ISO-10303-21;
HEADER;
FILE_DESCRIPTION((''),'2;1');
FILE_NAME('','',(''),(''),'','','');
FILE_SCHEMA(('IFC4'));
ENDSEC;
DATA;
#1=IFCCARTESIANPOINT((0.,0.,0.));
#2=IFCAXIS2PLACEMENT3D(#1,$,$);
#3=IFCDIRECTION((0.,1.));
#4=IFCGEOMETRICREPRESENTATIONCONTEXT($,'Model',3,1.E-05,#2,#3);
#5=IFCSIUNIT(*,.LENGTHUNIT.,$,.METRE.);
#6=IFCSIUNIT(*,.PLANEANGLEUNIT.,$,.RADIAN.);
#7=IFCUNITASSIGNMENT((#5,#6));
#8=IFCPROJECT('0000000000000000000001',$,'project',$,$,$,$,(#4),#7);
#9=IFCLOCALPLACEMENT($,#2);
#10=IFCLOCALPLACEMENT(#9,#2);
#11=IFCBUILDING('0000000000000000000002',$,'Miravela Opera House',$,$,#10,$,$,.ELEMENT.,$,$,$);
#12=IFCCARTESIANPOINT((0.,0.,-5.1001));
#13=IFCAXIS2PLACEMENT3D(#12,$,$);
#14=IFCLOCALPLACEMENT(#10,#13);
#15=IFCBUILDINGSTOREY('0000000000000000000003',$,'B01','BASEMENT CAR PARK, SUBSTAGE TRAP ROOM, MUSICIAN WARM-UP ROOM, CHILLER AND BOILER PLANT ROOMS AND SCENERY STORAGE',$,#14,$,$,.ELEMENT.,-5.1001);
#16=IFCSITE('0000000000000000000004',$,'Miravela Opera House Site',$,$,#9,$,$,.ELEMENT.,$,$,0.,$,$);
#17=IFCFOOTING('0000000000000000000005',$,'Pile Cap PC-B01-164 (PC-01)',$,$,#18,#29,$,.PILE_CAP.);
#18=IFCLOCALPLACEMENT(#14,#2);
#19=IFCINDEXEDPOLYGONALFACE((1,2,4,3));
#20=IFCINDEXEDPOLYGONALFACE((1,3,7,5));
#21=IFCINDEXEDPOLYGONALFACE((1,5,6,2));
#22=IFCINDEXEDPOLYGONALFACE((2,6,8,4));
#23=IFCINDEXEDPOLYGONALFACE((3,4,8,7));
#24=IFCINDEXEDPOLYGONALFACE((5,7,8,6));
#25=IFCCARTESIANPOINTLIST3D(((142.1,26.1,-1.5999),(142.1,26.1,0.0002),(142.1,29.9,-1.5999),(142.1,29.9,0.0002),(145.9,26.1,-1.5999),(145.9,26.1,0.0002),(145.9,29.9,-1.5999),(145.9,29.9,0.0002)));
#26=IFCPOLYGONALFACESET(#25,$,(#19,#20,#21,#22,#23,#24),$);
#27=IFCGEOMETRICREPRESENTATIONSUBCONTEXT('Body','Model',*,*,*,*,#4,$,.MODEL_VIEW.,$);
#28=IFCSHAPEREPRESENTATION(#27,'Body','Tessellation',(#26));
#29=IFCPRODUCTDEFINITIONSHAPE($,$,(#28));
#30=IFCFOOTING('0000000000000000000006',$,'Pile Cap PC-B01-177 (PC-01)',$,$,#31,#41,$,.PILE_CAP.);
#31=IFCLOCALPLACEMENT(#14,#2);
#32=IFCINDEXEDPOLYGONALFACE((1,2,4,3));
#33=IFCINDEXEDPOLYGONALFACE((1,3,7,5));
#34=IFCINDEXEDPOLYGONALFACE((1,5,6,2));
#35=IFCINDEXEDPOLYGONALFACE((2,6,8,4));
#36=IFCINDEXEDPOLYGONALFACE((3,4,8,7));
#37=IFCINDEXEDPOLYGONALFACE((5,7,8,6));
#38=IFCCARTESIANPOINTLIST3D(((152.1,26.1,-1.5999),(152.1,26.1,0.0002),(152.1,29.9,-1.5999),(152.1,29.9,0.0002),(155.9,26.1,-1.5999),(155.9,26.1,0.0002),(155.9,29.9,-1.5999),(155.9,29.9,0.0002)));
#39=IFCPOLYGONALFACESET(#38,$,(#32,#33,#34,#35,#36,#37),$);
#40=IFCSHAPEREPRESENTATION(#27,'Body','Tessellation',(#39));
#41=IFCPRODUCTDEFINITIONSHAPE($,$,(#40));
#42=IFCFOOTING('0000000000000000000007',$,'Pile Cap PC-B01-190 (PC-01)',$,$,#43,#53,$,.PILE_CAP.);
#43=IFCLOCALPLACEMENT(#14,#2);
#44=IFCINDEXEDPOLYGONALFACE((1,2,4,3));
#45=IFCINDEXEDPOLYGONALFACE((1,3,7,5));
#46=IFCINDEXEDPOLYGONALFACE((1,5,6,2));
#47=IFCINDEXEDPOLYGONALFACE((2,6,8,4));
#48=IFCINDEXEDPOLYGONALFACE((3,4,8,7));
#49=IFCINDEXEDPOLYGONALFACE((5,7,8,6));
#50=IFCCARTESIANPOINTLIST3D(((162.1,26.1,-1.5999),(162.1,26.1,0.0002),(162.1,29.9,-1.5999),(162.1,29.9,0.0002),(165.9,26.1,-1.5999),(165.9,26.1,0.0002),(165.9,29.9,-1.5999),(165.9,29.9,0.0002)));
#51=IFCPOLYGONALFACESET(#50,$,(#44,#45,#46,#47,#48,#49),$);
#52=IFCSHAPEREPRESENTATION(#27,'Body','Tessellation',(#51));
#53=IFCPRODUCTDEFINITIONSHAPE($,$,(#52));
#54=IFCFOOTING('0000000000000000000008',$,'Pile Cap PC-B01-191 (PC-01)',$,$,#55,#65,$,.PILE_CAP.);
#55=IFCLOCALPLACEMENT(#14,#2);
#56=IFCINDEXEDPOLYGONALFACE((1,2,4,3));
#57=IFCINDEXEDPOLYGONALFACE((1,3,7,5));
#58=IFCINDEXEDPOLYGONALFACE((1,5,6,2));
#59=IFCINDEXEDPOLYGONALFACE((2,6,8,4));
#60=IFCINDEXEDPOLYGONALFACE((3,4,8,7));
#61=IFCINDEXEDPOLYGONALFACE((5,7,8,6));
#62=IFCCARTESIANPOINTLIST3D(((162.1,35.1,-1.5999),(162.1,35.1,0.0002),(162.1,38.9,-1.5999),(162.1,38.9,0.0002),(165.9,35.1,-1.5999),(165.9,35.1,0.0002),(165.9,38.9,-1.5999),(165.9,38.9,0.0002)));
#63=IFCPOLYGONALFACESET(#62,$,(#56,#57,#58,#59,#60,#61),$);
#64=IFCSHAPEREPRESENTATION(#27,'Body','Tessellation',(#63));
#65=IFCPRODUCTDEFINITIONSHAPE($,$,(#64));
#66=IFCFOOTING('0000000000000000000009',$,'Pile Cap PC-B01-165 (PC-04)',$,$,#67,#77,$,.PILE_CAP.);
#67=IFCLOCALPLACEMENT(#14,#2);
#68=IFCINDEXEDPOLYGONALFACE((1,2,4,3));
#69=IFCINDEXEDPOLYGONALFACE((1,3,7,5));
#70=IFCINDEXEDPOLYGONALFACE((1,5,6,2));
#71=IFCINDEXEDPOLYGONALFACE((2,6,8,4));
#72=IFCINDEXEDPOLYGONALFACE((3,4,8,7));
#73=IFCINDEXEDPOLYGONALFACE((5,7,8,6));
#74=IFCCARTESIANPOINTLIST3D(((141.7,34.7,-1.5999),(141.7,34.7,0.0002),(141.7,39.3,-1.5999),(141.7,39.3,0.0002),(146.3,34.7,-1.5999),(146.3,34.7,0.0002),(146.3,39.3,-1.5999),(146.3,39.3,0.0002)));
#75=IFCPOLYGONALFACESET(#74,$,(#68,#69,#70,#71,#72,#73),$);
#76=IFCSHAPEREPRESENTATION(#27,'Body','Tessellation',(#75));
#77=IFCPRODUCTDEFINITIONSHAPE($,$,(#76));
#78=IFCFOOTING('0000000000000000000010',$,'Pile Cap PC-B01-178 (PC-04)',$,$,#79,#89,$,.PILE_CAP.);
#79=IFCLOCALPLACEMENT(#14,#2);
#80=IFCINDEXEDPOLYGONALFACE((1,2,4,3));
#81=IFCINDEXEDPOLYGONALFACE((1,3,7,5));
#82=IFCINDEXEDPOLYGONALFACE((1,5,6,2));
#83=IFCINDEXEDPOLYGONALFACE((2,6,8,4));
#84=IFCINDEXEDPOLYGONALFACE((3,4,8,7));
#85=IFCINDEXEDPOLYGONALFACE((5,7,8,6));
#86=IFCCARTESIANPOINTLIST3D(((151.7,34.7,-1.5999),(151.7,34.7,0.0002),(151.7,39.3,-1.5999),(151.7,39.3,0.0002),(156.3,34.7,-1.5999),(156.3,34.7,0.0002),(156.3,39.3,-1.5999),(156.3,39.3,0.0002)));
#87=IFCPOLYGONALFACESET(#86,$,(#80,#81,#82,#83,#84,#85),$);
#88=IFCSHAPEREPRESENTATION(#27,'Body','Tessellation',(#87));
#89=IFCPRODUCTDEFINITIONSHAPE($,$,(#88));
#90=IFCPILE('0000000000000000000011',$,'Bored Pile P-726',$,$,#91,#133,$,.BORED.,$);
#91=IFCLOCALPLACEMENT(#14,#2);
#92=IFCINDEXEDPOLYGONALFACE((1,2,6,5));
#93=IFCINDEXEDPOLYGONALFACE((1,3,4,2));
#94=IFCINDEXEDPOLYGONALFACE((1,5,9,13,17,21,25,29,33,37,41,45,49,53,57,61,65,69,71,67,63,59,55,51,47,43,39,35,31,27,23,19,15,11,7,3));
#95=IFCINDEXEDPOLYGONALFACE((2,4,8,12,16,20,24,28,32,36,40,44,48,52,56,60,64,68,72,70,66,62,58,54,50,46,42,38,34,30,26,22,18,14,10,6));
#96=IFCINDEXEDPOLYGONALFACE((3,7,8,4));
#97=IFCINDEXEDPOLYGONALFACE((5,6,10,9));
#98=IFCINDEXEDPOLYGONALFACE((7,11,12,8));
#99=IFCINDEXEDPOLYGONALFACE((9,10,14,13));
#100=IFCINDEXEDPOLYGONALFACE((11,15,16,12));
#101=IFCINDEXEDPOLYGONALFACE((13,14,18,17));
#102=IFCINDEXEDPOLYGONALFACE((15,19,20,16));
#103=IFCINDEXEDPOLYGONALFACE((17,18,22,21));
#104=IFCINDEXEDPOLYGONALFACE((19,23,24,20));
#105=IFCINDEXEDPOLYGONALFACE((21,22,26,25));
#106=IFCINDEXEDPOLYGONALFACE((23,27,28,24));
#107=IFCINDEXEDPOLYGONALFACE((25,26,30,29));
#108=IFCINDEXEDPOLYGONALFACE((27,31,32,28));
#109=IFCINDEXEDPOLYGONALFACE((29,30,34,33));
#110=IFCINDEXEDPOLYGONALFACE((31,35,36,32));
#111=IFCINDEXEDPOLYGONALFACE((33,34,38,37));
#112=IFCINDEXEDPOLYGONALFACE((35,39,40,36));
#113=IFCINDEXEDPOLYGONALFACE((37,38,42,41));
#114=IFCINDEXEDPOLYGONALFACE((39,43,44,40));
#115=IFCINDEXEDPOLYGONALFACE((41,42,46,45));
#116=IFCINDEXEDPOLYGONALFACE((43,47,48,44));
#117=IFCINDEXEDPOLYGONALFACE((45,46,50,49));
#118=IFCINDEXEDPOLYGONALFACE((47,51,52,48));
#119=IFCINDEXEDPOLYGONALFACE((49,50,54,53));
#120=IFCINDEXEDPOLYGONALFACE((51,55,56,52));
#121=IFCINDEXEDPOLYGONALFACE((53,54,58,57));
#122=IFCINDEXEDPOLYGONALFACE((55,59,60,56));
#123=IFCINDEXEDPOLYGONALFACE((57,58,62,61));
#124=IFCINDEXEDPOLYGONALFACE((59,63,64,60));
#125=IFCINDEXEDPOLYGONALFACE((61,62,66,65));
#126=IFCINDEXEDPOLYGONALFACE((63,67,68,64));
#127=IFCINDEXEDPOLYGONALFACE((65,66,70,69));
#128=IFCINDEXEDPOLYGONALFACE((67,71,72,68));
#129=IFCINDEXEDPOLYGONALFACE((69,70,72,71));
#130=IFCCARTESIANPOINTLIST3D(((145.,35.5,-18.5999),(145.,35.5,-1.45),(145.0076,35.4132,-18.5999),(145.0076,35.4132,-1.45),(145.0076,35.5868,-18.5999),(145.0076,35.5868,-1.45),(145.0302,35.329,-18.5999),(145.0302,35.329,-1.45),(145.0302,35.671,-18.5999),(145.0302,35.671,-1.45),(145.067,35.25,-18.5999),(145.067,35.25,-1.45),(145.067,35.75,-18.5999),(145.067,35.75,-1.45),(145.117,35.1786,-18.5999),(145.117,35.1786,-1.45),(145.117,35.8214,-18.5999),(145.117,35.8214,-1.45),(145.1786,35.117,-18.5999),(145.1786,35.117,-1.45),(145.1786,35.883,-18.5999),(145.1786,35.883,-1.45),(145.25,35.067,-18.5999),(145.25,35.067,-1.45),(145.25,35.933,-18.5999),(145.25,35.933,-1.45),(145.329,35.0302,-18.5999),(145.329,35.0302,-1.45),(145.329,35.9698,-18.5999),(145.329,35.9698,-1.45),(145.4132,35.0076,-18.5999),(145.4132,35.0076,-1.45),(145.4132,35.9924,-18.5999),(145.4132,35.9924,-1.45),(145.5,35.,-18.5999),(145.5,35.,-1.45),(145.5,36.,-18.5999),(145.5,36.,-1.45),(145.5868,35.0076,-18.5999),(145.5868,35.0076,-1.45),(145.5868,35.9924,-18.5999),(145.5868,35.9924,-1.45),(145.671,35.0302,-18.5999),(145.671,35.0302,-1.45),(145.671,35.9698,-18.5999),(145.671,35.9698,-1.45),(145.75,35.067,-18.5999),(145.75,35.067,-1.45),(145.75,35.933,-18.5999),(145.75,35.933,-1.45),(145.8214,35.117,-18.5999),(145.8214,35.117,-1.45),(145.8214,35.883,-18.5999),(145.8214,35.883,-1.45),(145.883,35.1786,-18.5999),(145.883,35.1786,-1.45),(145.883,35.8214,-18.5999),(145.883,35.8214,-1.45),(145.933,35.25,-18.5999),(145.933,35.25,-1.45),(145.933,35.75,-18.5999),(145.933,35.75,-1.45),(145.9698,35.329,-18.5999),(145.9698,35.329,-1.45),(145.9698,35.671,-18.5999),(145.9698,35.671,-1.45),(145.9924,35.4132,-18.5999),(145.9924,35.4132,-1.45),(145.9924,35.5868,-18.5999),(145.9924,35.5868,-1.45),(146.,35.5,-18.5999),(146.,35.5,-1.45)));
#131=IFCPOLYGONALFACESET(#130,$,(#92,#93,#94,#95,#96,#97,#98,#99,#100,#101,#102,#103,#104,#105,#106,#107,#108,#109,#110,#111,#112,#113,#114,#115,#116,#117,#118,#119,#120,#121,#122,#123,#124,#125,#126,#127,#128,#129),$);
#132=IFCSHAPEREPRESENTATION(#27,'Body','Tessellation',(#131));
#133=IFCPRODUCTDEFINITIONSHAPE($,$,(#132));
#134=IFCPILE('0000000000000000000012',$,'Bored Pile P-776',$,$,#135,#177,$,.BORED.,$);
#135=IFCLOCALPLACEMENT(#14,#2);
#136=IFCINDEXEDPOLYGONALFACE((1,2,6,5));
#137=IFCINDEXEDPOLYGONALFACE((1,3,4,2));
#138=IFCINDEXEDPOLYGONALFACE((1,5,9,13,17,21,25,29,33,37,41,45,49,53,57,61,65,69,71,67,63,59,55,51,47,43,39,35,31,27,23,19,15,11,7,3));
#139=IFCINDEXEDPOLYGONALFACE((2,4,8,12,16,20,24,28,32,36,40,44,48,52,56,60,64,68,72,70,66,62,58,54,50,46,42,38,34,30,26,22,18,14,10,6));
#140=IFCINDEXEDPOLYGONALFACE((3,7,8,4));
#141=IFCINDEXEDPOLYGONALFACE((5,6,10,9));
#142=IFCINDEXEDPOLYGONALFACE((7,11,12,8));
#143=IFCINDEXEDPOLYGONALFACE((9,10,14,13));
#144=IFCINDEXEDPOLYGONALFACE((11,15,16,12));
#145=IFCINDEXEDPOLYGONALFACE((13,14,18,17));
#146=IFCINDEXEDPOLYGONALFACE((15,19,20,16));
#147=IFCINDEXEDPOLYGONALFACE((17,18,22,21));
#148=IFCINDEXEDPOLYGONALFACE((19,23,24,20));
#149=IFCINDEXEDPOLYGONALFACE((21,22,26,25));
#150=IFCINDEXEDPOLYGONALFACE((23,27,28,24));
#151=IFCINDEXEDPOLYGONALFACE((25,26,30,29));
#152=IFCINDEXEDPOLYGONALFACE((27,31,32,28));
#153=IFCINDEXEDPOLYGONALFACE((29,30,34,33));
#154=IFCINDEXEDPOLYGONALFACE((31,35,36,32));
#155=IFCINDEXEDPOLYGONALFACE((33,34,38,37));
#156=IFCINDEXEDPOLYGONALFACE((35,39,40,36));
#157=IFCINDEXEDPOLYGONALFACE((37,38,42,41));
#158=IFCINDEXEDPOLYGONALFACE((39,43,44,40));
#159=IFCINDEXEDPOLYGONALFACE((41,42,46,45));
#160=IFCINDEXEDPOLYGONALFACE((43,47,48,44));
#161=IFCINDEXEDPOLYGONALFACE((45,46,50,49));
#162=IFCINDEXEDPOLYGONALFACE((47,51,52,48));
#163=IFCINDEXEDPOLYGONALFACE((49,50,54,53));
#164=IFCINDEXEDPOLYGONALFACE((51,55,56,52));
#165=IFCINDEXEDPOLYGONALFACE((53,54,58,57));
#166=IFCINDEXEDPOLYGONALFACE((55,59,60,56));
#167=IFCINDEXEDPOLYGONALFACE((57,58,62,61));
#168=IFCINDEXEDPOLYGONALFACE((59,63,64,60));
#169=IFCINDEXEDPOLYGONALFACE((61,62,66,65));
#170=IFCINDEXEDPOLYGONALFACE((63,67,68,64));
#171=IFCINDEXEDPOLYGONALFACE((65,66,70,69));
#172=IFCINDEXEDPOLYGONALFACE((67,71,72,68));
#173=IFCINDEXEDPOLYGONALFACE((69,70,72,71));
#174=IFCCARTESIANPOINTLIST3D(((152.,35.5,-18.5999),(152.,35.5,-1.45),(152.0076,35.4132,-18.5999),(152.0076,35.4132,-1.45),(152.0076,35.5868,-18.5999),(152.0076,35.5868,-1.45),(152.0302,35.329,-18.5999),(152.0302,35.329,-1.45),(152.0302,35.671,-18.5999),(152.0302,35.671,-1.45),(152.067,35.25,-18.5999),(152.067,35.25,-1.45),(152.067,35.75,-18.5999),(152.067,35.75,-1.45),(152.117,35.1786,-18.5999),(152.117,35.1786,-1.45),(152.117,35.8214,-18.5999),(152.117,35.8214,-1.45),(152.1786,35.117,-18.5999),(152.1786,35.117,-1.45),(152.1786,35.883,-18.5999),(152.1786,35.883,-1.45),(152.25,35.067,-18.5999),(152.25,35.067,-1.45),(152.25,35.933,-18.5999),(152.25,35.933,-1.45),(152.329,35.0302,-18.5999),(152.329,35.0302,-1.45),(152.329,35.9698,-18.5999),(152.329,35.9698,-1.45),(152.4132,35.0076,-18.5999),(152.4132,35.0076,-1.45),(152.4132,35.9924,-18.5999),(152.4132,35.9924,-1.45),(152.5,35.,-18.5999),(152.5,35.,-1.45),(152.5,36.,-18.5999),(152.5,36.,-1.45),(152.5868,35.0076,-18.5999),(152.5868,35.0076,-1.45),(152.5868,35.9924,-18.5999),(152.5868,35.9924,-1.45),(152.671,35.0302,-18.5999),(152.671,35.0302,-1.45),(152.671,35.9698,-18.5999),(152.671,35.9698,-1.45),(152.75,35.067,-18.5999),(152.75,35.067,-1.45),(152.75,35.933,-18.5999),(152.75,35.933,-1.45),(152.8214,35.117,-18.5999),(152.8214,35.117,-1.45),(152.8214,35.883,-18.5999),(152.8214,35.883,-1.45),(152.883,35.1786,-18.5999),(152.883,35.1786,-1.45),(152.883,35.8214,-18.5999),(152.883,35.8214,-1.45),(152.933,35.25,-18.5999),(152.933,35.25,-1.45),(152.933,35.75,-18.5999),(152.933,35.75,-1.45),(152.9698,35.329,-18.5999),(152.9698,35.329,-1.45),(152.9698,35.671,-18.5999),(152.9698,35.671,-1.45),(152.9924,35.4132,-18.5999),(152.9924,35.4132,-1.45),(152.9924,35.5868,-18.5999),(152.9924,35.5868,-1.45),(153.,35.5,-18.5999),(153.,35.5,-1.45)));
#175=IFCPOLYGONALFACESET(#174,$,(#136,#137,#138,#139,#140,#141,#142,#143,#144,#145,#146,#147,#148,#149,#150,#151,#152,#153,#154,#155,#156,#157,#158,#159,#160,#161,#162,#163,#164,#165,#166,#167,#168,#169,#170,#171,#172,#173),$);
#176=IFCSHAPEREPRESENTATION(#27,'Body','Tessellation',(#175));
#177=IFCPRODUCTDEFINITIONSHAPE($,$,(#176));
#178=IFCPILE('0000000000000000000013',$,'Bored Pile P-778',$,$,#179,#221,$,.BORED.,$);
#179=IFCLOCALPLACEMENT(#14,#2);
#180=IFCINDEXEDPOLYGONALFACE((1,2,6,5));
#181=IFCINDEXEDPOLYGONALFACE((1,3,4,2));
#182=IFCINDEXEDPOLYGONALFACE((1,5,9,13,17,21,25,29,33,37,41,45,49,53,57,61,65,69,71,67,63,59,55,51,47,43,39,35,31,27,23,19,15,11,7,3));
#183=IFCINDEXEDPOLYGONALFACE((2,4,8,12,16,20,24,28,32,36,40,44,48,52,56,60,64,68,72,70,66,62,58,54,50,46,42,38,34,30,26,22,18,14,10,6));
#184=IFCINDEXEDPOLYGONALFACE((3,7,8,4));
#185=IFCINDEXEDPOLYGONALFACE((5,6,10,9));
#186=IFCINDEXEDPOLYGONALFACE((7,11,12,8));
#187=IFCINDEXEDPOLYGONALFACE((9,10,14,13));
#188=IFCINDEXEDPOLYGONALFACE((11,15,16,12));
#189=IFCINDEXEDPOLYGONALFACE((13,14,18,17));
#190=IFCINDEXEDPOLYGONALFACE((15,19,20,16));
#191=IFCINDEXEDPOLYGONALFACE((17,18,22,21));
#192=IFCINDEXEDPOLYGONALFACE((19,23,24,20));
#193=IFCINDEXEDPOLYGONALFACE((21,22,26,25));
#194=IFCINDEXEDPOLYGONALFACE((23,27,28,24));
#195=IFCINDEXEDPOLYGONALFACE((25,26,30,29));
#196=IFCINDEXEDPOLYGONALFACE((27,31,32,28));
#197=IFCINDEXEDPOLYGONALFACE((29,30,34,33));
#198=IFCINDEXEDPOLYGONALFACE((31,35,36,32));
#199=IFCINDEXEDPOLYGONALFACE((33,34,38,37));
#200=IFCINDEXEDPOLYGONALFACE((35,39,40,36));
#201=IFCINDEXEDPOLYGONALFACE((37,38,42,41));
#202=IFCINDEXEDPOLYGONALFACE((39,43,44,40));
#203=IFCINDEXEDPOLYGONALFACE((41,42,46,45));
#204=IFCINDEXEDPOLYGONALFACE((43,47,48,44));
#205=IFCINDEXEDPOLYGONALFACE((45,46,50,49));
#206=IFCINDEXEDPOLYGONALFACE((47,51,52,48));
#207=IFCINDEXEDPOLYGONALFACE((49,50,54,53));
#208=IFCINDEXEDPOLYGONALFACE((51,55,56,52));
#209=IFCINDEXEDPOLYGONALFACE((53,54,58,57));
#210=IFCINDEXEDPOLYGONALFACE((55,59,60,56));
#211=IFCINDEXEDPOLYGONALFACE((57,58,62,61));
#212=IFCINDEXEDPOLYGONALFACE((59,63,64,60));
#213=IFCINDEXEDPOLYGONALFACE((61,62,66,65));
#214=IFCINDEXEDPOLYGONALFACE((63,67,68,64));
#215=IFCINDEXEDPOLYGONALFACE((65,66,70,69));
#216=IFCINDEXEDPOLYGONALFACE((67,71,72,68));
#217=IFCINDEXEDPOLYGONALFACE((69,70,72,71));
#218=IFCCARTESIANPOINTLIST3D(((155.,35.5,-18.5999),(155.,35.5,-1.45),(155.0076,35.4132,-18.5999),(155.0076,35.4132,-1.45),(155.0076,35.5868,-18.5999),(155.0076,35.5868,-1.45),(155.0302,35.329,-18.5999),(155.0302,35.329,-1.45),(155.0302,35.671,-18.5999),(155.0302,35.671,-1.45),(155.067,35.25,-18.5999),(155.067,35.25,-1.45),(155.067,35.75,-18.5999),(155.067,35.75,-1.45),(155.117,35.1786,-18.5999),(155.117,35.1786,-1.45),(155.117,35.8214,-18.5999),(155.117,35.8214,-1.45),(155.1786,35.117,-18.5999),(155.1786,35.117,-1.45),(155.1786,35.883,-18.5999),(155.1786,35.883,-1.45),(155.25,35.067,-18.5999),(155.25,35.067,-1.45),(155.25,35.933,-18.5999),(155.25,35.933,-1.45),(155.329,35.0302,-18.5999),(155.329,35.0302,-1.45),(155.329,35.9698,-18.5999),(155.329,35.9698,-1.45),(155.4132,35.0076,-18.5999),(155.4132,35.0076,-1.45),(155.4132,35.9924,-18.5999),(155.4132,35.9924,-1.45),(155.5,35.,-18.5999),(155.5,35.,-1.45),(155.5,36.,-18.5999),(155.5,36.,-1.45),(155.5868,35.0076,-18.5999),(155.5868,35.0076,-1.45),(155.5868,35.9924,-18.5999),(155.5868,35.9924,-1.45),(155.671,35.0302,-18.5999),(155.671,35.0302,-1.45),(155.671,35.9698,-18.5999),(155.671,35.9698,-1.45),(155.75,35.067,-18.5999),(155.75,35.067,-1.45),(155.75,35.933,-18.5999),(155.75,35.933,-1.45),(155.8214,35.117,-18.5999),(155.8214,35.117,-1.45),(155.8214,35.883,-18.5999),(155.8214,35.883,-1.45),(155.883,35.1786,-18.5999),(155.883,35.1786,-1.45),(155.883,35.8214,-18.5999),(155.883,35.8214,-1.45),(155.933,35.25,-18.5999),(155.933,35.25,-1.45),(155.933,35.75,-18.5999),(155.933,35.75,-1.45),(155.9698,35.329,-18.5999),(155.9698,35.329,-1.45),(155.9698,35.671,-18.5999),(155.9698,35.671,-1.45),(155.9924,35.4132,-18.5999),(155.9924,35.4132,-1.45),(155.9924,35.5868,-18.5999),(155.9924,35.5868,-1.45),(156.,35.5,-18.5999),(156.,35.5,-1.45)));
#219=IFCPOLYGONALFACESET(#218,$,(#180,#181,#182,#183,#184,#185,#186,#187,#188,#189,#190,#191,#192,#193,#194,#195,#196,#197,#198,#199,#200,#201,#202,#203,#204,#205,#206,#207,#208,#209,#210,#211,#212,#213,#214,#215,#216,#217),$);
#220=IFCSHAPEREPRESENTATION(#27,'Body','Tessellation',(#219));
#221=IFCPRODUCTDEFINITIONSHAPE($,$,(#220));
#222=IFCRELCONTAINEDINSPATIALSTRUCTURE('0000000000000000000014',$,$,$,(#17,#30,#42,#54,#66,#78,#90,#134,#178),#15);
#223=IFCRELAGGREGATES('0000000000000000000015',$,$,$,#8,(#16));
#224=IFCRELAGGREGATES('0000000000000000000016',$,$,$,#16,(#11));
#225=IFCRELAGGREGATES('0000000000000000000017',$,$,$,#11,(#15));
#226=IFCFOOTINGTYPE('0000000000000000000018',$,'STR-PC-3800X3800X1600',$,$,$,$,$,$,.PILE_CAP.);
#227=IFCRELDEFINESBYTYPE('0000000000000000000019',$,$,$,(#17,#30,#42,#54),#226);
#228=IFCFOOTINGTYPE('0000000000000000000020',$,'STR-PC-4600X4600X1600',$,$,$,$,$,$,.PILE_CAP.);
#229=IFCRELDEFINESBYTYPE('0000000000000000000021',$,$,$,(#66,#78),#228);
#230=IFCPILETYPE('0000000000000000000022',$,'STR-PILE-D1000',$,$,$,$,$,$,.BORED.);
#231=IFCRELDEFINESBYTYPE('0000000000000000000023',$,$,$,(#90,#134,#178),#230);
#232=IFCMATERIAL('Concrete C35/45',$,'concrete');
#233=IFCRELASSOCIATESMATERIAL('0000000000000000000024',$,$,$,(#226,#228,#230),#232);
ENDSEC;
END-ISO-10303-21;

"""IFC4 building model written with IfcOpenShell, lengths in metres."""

from ifc_helpers import new_model, si_unit, direction, frame, origin, origin_2d, place, context, subcontext, project, spatial, rectangle, circle, extrude, material, material_profile, profile_set, type_object, element, save


model = new_model("IFC4")

# Units and contexts
model_context = context("Model", 3, precision=1e-05, world=origin(), true_north=direction((0.0, 1.0)))
body_context = subcontext(model_context, "Body", "Model", "MODEL_VIEW")
ifc_project = project(units=[si_unit("LENGTHUNIT", "METRE"), si_unit("PLANEANGLEUNIT", "RADIAN")], contexts=[model_context])

# Site, building, storey
site_placement = place(None, origin())
site = spatial("IfcSite", under=ifc_project, at=site_placement, Name="Miravela Opera House Site", CompositionType="ELEMENT", RefElevation=0.0)
building_placement = place(site_placement, origin())
building = spatial("IfcBuilding", under=site, at=building_placement, Name="Miravela Opera House", CompositionType="ELEMENT")
storey_placement = place(building_placement, frame((0.0, 0.0, -5.1001)))
storey = spatial("IfcBuildingStorey", under=building, at=storey_placement, Name="B01", Description="BASEMENT CAR PARK, SUBSTAGE TRAP ROOM, MUSICIAN WARM-UP ROOM, CHILLER AND BOILER PLANT ROOMS AND SCENERY STORAGE", CompositionType="ELEMENT", Elevation=-5.1001)

# Footings
ifc_material_1 = material(Name="Concrete C35/45", Category="concrete")
footing_type_1 = type_object("IfcFootingType", Name="STR-PC-3800X3800X1600", PredefinedType="PILE_CAP", material=ifc_material_1)
for number, where, z_axis, x_axis, name in (
    (1, (144.0, 28.0, -1.5999), (0.0, 0.0, 1.0), (1.0, 0.0, 0.0), "Pile Cap PC-B01-164 (PC-01)"),
    (2, (154.0, 28.0, -1.5999), (0.0, 0.0, 1.0), (1.0, 0.0, 0.0), "Pile Cap PC-B01-177 (PC-01)"),
    (3, (164.0, 28.0, -1.5999), (0.0, 0.0, 1.0), (1.0, 0.0, 0.0), "Pile Cap PC-B01-190 (PC-01)"),
    (4, (164.0, 37.0, -1.5999), (0.0, 0.0, 1.0), (1.0, 0.0, 0.0), "Pile Cap PC-B01-191 (PC-01)"),
):
    element("IfcFooting", number, at=place(storey_placement, frame(where, z_axis=z_axis, x_axis=x_axis)), inside=storey, type_object=footing_type_1, Name=name, PredefinedType="PILE_CAP", context=body_context, shape_type="SweptSolid", body=[
        extrude(rectangle(XDim=3.8, YDim=3.8, at=origin_2d()), origin(), (0.0, 0.0, 1.0), 1.6001),
    ])
footing_type_2 = type_object("IfcFootingType", Name="STR-PC-4600X4600X1600", PredefinedType="PILE_CAP", material=ifc_material_1)
for number, where, z_axis, x_axis, name in (
    (5, (144.0, 37.0, -1.5999), (0.0, 0.0, 1.0), (1.0, 0.0, 0.0), "Pile Cap PC-B01-165 (PC-04)"),
    (6, (154.0, 37.0, -1.5999), (0.0, 0.0, 1.0), (1.0, 0.0, 0.0), "Pile Cap PC-B01-178 (PC-04)"),
):
    element("IfcFooting", number, at=place(storey_placement, frame(where, z_axis=z_axis, x_axis=x_axis)), inside=storey, type_object=footing_type_2, Name=name, PredefinedType="PILE_CAP", context=body_context, shape_type="SweptSolid", body=[
        extrude(rectangle(XDim=4.6001, YDim=4.6001, at=origin_2d()), origin(), (0.0, 0.0, 1.0), 1.6001),
    ])

# Piles
ifc_material_profile_1 = material_profile(ifc_material_1, circle(Radius=0.5, at=origin_2d()), Name="PILE-D1000")
ifc_profile_set_1 = profile_set([ifc_material_profile_1])
pile_type_1 = type_object("IfcPileType", Name="STR-PILE-D1000", PredefinedType="BORED", material=ifc_profile_set_1)
for number, where, z_axis, x_axis, name in (
    (7, (145.5, 35.5, -1.45), (0.0, 0.0, -1.0), (1.0, 0.0, 0.0), "Bored Pile P-726"),
    (8, (152.5, 35.5, -1.45), (0.0, 0.0, -1.0), (1.0, 0.0, 0.0), "Bored Pile P-776"),
    (9, (155.5, 35.5, -1.45), (0.0, 0.0, -1.0), (1.0, 0.0, 0.0), "Bored Pile P-778"),
):
    element("IfcPile", number, at=place(storey_placement, frame(where, z_axis=z_axis, x_axis=x_axis)), inside=storey, type_object=pile_type_1, Name=name, PredefinedType="BORED", context=body_context, shape_type="SweptSolid", body=[
        extrude(circle(Radius=0.5, at=origin_2d()), origin(), (0.0, 0.0, 1.0), 17.1499),
    ])

save(model, "model.ifc")
